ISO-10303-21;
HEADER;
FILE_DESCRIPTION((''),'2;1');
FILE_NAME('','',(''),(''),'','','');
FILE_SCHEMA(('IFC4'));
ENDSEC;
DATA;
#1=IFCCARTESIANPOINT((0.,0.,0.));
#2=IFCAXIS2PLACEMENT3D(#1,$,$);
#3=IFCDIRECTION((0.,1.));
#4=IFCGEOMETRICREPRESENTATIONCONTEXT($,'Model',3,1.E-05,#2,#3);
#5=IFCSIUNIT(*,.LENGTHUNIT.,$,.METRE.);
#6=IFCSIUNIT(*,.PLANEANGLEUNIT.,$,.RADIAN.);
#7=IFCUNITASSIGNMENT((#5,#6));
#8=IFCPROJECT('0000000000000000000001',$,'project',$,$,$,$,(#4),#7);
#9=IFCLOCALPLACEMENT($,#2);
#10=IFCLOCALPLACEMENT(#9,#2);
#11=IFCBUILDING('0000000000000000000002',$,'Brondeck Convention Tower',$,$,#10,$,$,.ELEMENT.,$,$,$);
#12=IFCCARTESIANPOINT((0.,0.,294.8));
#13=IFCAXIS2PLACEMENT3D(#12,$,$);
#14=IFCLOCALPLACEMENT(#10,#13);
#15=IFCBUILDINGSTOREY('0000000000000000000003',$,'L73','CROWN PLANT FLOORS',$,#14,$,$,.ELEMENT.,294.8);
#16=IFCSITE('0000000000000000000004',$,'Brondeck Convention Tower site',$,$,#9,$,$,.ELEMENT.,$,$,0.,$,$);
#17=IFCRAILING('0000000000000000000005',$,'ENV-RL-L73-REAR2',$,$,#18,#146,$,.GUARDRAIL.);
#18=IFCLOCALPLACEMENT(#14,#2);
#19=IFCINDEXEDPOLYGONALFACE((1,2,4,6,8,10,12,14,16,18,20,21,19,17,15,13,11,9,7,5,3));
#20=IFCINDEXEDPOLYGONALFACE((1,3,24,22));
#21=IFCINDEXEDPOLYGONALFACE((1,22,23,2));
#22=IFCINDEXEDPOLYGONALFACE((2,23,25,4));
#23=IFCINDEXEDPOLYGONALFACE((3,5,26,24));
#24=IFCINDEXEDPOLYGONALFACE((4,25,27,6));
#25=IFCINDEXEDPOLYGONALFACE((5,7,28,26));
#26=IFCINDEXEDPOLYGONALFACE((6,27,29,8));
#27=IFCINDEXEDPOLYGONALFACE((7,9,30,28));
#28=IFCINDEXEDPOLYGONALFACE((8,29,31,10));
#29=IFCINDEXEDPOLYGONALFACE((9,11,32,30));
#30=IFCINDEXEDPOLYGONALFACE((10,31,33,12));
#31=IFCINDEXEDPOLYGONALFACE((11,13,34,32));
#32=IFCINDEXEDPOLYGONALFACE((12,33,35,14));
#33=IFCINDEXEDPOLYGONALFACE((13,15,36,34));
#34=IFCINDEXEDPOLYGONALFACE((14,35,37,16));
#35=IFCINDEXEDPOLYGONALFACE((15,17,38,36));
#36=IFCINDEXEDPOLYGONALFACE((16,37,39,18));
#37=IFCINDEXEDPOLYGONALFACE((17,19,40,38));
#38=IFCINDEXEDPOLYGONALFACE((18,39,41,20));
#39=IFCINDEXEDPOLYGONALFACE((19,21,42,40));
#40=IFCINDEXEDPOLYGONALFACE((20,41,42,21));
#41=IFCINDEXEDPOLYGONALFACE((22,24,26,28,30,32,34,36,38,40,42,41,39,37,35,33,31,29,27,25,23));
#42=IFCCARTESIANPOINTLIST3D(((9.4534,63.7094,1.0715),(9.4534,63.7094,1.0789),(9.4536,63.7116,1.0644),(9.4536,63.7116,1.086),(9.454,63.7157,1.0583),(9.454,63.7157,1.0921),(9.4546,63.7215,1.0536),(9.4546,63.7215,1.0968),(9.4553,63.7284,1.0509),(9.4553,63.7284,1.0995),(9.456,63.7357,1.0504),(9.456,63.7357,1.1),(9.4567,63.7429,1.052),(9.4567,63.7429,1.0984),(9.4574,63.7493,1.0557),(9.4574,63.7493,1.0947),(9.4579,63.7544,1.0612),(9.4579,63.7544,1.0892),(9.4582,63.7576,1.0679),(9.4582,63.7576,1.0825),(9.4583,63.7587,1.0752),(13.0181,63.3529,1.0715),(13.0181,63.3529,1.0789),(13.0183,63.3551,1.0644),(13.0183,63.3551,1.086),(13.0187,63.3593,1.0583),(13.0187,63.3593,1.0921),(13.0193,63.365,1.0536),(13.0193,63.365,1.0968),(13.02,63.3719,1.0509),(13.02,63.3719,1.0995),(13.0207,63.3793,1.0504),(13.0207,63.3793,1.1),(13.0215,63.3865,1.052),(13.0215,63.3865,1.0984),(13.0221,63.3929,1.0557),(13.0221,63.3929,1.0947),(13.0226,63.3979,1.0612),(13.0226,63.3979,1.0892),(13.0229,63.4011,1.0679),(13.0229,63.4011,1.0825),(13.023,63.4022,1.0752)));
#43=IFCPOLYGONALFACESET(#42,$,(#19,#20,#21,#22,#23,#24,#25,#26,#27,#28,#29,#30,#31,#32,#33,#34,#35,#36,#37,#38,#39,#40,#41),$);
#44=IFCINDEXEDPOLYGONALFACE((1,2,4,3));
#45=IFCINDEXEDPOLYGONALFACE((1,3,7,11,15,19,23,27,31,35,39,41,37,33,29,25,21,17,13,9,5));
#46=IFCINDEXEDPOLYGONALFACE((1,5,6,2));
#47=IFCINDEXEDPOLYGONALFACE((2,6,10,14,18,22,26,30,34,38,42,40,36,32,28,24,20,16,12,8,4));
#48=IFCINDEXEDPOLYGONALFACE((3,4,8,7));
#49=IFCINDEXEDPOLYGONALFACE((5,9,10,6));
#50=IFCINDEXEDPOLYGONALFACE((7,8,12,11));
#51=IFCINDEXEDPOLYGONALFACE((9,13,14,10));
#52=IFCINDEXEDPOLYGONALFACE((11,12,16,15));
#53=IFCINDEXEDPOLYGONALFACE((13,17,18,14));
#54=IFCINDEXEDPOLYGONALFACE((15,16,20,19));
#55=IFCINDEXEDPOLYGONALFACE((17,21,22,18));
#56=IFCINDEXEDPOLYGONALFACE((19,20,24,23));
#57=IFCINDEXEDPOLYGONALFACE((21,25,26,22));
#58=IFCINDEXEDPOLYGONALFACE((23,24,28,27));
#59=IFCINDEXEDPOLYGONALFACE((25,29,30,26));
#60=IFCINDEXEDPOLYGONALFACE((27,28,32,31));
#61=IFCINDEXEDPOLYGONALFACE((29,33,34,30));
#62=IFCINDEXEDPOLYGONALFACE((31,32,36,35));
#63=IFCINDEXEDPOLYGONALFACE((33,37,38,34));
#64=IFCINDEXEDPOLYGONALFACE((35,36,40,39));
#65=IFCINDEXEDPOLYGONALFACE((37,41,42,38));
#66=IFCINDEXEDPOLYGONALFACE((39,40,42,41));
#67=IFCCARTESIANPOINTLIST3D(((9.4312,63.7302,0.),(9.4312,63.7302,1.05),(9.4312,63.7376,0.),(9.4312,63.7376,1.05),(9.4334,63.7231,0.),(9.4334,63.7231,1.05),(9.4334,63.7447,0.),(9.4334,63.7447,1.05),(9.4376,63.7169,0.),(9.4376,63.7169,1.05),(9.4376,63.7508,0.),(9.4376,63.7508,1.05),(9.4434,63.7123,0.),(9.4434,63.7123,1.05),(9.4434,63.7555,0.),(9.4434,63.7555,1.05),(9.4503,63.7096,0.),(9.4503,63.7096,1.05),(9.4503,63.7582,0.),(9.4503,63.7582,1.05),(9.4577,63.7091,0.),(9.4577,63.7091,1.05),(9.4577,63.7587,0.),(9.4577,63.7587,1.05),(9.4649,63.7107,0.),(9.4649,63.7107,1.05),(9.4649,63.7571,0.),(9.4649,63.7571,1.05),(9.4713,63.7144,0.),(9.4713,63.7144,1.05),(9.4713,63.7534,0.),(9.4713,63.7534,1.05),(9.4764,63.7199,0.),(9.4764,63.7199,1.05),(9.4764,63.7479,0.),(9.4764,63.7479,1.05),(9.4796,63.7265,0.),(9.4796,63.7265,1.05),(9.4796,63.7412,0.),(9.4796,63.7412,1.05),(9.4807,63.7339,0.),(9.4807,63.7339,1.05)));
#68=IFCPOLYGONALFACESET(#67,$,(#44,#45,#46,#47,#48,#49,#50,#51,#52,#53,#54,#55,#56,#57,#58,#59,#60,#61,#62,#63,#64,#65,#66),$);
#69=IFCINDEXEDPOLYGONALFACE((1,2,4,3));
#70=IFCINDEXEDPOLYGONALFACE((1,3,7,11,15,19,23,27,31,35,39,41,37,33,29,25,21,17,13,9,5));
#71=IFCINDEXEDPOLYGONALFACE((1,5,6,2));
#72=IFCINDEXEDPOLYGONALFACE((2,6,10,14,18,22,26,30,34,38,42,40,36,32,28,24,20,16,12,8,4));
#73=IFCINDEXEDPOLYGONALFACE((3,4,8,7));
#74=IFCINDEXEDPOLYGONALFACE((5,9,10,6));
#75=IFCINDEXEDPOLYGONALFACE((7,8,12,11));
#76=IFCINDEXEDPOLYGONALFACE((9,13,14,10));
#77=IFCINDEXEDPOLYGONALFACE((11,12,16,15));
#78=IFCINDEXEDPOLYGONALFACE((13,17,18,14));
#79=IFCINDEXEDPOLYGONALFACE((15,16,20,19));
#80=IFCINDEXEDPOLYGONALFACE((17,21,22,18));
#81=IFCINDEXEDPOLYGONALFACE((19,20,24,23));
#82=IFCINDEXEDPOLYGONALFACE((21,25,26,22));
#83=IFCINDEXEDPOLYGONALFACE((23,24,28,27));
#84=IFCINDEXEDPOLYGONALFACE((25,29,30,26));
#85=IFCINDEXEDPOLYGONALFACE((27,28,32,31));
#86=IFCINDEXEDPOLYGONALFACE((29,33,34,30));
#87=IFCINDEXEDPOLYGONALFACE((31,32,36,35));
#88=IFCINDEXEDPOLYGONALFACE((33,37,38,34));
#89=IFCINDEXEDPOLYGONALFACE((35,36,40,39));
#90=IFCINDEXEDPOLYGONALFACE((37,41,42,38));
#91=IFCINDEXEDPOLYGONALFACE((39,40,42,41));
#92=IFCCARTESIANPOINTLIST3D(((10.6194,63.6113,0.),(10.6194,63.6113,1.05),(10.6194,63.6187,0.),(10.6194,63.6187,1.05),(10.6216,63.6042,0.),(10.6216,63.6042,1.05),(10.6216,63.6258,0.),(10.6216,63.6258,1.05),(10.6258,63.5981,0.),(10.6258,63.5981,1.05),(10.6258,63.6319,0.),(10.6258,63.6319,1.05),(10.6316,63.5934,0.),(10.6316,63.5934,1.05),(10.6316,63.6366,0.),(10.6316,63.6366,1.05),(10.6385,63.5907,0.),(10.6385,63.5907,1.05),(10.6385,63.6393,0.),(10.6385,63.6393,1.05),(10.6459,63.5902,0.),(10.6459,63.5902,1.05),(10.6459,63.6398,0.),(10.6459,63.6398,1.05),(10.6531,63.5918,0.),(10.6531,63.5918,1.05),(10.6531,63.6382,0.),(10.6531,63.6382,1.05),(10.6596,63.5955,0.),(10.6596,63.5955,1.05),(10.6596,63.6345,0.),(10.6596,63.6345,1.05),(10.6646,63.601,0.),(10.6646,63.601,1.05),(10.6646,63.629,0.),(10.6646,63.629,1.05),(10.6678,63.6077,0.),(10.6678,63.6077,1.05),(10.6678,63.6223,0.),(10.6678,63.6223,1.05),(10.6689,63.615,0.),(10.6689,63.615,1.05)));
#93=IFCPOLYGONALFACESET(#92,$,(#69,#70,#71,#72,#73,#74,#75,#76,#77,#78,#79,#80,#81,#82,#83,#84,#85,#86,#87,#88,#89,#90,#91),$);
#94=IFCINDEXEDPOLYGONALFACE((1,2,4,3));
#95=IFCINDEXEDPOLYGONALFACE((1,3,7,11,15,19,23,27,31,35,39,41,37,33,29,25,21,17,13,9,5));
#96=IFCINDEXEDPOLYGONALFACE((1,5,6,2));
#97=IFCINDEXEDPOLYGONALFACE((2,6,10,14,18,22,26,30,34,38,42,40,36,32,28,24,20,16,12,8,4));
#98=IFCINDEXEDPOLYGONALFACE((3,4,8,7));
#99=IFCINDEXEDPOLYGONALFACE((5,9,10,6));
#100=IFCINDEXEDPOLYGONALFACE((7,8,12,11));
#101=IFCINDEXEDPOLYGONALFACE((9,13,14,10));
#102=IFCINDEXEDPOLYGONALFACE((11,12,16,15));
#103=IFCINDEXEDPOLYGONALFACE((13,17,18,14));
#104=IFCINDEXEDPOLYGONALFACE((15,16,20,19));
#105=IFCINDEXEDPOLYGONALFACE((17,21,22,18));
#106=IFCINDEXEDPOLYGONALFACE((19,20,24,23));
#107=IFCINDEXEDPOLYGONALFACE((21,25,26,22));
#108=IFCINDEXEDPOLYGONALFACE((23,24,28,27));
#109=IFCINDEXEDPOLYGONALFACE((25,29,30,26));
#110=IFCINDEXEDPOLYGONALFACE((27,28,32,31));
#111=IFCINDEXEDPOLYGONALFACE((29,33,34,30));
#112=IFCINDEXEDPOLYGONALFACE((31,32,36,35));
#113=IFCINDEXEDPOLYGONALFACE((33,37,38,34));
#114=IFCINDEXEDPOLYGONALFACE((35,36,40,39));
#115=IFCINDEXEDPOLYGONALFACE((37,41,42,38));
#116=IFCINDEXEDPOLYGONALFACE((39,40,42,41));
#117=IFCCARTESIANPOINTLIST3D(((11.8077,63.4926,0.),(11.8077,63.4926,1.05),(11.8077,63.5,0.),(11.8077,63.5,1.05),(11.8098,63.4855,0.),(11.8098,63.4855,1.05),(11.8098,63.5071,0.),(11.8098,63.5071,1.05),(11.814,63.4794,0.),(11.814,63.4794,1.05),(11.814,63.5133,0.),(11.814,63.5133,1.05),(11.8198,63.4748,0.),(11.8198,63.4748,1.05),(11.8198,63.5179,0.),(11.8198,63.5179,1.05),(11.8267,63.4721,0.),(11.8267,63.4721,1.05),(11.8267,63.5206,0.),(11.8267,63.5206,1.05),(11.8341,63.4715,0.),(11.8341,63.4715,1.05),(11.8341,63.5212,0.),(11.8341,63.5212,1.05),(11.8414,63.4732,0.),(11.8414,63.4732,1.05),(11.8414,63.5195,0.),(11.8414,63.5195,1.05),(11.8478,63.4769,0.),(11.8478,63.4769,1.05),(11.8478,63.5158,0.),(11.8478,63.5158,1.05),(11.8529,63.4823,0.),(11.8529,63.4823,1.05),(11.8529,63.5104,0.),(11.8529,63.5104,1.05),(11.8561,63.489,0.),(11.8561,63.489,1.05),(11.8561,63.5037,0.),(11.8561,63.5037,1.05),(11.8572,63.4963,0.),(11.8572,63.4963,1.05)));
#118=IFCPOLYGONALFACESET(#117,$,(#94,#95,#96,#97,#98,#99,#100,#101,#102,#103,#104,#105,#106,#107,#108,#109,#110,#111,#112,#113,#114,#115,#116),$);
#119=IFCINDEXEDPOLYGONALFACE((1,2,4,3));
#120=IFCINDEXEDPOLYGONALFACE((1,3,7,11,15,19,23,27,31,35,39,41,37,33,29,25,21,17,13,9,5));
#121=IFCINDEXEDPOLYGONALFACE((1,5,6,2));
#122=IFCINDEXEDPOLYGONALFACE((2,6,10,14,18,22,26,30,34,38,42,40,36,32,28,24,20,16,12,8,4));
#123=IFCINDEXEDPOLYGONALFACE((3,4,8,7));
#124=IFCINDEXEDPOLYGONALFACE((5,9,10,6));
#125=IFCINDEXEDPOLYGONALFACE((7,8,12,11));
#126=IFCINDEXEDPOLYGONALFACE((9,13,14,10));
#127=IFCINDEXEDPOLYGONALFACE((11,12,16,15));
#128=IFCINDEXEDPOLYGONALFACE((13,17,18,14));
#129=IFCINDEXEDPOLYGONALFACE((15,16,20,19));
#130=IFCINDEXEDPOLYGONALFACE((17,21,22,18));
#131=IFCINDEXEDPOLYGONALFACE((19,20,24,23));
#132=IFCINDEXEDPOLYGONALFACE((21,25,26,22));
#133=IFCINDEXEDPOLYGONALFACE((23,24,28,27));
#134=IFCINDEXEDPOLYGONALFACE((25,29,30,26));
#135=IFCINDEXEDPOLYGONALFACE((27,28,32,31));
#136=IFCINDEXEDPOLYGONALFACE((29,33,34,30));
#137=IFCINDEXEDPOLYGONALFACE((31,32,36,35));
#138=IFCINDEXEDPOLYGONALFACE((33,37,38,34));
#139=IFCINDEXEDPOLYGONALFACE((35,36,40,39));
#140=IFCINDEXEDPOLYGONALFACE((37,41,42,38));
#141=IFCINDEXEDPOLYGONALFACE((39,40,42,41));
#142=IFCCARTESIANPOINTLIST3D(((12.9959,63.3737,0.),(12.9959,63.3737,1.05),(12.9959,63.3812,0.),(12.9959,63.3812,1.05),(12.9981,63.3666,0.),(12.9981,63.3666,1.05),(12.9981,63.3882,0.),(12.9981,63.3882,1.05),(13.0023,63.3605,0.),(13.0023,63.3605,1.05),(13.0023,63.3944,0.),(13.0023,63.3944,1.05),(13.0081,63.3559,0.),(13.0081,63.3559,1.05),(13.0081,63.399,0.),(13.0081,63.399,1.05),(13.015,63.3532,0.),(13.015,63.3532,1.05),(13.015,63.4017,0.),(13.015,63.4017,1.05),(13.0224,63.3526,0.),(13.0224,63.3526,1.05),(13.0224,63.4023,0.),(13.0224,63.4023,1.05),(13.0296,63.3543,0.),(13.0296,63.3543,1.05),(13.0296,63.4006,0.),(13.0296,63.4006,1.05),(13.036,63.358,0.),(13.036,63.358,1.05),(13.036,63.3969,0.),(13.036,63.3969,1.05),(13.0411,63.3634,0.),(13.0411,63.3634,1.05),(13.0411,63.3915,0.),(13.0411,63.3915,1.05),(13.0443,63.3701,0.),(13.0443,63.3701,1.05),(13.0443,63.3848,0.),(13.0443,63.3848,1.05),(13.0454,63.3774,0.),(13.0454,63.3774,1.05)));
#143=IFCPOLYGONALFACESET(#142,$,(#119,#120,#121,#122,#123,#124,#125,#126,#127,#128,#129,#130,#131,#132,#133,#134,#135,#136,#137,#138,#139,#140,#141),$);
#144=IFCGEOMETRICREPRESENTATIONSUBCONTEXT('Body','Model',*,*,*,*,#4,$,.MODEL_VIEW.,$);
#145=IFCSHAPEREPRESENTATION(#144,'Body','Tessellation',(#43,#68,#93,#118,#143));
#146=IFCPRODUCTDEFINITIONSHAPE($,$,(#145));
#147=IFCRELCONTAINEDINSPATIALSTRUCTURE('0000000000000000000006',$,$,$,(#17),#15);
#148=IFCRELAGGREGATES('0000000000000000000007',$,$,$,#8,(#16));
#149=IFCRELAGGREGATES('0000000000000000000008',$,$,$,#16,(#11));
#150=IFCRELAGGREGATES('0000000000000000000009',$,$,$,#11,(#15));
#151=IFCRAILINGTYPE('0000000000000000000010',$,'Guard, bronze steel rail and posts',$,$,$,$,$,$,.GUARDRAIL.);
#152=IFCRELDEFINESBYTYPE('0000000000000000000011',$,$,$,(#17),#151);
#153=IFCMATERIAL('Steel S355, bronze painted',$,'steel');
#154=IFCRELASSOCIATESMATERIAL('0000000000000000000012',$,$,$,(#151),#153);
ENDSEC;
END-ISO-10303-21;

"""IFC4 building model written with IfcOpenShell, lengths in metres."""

from ifc_helpers import new_model, si_unit, direction, frame, origin, origin_2d, place, context, subcontext, project, spatial, circle, extrude, material, type_object, element, save


model = new_model("IFC4")

# Units and contexts
model_context = context("Model", 3, precision=1e-05, world=origin(), true_north=direction((0.0, 1.0)))
body_context = subcontext(model_context, "Body", "Model", "MODEL_VIEW")
ifc_project = project(units=[si_unit("LENGTHUNIT", "METRE"), si_unit("PLANEANGLEUNIT", "RADIAN")], contexts=[model_context])

# Site, building, storey
site_placement = place(None, origin())
site = spatial("IfcSite", under=ifc_project, at=site_placement, Name="Brondeck Convention Tower site", CompositionType="ELEMENT", RefElevation=0.0)
building_placement = place(site_placement, origin())
building = spatial("IfcBuilding", under=site, at=building_placement, Name="Brondeck Convention Tower", CompositionType="ELEMENT")
storey_placement = place(building_placement, frame((0.0, 0.0, 294.8)))
storey = spatial("IfcBuildingStorey", under=building, at=storey_placement, Name="L73", Description="CROWN PLANT FLOORS", CompositionType="ELEMENT", Elevation=294.8)

# Railing
ifc_material_1 = material(Name="Steel S355, bronze painted", Category="steel")
railing_type_1 = type_object("IfcRailingType", Name="Guard, bronze steel rail and posts", PredefinedType="GUARDRAIL", material=ifc_material_1)
railing_1_placement = place(storey_placement, frame((9.4558, 63.7339, 0.0)))
element("IfcRailing", 1, at=railing_1_placement, inside=storey, type_object=railing_type_1, Name="ENV-RL-L73-REAR2", PredefinedType="GUARDRAIL", context=body_context, shape_type="SweptSolid", body=[
    extrude(circle(Radius=0.0249, at=origin_2d()), frame((0.0, 0.0, 1.0752), z_axis=(0.995038, -0.099497, 0.0), x_axis=(0.099497, 0.995038, 0.0)), (0.0, 0.0, 1.0), 3.5825),
    extrude(circle(Radius=0.0249, at=origin_2d()), origin(), (0.0, 0.0, 1.0), 1.05),
    extrude(circle(Radius=0.0249, at=origin_2d()), frame((1.1882, -0.1189, 0.0)), (0.0, 0.0, 1.0), 1.05),
    extrude(circle(Radius=0.0249, at=origin_2d()), frame((2.3765, -0.2375, 0.0)), (0.0, 0.0, 1.0), 1.05),
    extrude(circle(Radius=0.0249, at=origin_2d()), frame((3.5647, -0.3564, 0.0)), (0.0, 0.0, 1.0), 1.05),
])

save(model, "model.ifc")
